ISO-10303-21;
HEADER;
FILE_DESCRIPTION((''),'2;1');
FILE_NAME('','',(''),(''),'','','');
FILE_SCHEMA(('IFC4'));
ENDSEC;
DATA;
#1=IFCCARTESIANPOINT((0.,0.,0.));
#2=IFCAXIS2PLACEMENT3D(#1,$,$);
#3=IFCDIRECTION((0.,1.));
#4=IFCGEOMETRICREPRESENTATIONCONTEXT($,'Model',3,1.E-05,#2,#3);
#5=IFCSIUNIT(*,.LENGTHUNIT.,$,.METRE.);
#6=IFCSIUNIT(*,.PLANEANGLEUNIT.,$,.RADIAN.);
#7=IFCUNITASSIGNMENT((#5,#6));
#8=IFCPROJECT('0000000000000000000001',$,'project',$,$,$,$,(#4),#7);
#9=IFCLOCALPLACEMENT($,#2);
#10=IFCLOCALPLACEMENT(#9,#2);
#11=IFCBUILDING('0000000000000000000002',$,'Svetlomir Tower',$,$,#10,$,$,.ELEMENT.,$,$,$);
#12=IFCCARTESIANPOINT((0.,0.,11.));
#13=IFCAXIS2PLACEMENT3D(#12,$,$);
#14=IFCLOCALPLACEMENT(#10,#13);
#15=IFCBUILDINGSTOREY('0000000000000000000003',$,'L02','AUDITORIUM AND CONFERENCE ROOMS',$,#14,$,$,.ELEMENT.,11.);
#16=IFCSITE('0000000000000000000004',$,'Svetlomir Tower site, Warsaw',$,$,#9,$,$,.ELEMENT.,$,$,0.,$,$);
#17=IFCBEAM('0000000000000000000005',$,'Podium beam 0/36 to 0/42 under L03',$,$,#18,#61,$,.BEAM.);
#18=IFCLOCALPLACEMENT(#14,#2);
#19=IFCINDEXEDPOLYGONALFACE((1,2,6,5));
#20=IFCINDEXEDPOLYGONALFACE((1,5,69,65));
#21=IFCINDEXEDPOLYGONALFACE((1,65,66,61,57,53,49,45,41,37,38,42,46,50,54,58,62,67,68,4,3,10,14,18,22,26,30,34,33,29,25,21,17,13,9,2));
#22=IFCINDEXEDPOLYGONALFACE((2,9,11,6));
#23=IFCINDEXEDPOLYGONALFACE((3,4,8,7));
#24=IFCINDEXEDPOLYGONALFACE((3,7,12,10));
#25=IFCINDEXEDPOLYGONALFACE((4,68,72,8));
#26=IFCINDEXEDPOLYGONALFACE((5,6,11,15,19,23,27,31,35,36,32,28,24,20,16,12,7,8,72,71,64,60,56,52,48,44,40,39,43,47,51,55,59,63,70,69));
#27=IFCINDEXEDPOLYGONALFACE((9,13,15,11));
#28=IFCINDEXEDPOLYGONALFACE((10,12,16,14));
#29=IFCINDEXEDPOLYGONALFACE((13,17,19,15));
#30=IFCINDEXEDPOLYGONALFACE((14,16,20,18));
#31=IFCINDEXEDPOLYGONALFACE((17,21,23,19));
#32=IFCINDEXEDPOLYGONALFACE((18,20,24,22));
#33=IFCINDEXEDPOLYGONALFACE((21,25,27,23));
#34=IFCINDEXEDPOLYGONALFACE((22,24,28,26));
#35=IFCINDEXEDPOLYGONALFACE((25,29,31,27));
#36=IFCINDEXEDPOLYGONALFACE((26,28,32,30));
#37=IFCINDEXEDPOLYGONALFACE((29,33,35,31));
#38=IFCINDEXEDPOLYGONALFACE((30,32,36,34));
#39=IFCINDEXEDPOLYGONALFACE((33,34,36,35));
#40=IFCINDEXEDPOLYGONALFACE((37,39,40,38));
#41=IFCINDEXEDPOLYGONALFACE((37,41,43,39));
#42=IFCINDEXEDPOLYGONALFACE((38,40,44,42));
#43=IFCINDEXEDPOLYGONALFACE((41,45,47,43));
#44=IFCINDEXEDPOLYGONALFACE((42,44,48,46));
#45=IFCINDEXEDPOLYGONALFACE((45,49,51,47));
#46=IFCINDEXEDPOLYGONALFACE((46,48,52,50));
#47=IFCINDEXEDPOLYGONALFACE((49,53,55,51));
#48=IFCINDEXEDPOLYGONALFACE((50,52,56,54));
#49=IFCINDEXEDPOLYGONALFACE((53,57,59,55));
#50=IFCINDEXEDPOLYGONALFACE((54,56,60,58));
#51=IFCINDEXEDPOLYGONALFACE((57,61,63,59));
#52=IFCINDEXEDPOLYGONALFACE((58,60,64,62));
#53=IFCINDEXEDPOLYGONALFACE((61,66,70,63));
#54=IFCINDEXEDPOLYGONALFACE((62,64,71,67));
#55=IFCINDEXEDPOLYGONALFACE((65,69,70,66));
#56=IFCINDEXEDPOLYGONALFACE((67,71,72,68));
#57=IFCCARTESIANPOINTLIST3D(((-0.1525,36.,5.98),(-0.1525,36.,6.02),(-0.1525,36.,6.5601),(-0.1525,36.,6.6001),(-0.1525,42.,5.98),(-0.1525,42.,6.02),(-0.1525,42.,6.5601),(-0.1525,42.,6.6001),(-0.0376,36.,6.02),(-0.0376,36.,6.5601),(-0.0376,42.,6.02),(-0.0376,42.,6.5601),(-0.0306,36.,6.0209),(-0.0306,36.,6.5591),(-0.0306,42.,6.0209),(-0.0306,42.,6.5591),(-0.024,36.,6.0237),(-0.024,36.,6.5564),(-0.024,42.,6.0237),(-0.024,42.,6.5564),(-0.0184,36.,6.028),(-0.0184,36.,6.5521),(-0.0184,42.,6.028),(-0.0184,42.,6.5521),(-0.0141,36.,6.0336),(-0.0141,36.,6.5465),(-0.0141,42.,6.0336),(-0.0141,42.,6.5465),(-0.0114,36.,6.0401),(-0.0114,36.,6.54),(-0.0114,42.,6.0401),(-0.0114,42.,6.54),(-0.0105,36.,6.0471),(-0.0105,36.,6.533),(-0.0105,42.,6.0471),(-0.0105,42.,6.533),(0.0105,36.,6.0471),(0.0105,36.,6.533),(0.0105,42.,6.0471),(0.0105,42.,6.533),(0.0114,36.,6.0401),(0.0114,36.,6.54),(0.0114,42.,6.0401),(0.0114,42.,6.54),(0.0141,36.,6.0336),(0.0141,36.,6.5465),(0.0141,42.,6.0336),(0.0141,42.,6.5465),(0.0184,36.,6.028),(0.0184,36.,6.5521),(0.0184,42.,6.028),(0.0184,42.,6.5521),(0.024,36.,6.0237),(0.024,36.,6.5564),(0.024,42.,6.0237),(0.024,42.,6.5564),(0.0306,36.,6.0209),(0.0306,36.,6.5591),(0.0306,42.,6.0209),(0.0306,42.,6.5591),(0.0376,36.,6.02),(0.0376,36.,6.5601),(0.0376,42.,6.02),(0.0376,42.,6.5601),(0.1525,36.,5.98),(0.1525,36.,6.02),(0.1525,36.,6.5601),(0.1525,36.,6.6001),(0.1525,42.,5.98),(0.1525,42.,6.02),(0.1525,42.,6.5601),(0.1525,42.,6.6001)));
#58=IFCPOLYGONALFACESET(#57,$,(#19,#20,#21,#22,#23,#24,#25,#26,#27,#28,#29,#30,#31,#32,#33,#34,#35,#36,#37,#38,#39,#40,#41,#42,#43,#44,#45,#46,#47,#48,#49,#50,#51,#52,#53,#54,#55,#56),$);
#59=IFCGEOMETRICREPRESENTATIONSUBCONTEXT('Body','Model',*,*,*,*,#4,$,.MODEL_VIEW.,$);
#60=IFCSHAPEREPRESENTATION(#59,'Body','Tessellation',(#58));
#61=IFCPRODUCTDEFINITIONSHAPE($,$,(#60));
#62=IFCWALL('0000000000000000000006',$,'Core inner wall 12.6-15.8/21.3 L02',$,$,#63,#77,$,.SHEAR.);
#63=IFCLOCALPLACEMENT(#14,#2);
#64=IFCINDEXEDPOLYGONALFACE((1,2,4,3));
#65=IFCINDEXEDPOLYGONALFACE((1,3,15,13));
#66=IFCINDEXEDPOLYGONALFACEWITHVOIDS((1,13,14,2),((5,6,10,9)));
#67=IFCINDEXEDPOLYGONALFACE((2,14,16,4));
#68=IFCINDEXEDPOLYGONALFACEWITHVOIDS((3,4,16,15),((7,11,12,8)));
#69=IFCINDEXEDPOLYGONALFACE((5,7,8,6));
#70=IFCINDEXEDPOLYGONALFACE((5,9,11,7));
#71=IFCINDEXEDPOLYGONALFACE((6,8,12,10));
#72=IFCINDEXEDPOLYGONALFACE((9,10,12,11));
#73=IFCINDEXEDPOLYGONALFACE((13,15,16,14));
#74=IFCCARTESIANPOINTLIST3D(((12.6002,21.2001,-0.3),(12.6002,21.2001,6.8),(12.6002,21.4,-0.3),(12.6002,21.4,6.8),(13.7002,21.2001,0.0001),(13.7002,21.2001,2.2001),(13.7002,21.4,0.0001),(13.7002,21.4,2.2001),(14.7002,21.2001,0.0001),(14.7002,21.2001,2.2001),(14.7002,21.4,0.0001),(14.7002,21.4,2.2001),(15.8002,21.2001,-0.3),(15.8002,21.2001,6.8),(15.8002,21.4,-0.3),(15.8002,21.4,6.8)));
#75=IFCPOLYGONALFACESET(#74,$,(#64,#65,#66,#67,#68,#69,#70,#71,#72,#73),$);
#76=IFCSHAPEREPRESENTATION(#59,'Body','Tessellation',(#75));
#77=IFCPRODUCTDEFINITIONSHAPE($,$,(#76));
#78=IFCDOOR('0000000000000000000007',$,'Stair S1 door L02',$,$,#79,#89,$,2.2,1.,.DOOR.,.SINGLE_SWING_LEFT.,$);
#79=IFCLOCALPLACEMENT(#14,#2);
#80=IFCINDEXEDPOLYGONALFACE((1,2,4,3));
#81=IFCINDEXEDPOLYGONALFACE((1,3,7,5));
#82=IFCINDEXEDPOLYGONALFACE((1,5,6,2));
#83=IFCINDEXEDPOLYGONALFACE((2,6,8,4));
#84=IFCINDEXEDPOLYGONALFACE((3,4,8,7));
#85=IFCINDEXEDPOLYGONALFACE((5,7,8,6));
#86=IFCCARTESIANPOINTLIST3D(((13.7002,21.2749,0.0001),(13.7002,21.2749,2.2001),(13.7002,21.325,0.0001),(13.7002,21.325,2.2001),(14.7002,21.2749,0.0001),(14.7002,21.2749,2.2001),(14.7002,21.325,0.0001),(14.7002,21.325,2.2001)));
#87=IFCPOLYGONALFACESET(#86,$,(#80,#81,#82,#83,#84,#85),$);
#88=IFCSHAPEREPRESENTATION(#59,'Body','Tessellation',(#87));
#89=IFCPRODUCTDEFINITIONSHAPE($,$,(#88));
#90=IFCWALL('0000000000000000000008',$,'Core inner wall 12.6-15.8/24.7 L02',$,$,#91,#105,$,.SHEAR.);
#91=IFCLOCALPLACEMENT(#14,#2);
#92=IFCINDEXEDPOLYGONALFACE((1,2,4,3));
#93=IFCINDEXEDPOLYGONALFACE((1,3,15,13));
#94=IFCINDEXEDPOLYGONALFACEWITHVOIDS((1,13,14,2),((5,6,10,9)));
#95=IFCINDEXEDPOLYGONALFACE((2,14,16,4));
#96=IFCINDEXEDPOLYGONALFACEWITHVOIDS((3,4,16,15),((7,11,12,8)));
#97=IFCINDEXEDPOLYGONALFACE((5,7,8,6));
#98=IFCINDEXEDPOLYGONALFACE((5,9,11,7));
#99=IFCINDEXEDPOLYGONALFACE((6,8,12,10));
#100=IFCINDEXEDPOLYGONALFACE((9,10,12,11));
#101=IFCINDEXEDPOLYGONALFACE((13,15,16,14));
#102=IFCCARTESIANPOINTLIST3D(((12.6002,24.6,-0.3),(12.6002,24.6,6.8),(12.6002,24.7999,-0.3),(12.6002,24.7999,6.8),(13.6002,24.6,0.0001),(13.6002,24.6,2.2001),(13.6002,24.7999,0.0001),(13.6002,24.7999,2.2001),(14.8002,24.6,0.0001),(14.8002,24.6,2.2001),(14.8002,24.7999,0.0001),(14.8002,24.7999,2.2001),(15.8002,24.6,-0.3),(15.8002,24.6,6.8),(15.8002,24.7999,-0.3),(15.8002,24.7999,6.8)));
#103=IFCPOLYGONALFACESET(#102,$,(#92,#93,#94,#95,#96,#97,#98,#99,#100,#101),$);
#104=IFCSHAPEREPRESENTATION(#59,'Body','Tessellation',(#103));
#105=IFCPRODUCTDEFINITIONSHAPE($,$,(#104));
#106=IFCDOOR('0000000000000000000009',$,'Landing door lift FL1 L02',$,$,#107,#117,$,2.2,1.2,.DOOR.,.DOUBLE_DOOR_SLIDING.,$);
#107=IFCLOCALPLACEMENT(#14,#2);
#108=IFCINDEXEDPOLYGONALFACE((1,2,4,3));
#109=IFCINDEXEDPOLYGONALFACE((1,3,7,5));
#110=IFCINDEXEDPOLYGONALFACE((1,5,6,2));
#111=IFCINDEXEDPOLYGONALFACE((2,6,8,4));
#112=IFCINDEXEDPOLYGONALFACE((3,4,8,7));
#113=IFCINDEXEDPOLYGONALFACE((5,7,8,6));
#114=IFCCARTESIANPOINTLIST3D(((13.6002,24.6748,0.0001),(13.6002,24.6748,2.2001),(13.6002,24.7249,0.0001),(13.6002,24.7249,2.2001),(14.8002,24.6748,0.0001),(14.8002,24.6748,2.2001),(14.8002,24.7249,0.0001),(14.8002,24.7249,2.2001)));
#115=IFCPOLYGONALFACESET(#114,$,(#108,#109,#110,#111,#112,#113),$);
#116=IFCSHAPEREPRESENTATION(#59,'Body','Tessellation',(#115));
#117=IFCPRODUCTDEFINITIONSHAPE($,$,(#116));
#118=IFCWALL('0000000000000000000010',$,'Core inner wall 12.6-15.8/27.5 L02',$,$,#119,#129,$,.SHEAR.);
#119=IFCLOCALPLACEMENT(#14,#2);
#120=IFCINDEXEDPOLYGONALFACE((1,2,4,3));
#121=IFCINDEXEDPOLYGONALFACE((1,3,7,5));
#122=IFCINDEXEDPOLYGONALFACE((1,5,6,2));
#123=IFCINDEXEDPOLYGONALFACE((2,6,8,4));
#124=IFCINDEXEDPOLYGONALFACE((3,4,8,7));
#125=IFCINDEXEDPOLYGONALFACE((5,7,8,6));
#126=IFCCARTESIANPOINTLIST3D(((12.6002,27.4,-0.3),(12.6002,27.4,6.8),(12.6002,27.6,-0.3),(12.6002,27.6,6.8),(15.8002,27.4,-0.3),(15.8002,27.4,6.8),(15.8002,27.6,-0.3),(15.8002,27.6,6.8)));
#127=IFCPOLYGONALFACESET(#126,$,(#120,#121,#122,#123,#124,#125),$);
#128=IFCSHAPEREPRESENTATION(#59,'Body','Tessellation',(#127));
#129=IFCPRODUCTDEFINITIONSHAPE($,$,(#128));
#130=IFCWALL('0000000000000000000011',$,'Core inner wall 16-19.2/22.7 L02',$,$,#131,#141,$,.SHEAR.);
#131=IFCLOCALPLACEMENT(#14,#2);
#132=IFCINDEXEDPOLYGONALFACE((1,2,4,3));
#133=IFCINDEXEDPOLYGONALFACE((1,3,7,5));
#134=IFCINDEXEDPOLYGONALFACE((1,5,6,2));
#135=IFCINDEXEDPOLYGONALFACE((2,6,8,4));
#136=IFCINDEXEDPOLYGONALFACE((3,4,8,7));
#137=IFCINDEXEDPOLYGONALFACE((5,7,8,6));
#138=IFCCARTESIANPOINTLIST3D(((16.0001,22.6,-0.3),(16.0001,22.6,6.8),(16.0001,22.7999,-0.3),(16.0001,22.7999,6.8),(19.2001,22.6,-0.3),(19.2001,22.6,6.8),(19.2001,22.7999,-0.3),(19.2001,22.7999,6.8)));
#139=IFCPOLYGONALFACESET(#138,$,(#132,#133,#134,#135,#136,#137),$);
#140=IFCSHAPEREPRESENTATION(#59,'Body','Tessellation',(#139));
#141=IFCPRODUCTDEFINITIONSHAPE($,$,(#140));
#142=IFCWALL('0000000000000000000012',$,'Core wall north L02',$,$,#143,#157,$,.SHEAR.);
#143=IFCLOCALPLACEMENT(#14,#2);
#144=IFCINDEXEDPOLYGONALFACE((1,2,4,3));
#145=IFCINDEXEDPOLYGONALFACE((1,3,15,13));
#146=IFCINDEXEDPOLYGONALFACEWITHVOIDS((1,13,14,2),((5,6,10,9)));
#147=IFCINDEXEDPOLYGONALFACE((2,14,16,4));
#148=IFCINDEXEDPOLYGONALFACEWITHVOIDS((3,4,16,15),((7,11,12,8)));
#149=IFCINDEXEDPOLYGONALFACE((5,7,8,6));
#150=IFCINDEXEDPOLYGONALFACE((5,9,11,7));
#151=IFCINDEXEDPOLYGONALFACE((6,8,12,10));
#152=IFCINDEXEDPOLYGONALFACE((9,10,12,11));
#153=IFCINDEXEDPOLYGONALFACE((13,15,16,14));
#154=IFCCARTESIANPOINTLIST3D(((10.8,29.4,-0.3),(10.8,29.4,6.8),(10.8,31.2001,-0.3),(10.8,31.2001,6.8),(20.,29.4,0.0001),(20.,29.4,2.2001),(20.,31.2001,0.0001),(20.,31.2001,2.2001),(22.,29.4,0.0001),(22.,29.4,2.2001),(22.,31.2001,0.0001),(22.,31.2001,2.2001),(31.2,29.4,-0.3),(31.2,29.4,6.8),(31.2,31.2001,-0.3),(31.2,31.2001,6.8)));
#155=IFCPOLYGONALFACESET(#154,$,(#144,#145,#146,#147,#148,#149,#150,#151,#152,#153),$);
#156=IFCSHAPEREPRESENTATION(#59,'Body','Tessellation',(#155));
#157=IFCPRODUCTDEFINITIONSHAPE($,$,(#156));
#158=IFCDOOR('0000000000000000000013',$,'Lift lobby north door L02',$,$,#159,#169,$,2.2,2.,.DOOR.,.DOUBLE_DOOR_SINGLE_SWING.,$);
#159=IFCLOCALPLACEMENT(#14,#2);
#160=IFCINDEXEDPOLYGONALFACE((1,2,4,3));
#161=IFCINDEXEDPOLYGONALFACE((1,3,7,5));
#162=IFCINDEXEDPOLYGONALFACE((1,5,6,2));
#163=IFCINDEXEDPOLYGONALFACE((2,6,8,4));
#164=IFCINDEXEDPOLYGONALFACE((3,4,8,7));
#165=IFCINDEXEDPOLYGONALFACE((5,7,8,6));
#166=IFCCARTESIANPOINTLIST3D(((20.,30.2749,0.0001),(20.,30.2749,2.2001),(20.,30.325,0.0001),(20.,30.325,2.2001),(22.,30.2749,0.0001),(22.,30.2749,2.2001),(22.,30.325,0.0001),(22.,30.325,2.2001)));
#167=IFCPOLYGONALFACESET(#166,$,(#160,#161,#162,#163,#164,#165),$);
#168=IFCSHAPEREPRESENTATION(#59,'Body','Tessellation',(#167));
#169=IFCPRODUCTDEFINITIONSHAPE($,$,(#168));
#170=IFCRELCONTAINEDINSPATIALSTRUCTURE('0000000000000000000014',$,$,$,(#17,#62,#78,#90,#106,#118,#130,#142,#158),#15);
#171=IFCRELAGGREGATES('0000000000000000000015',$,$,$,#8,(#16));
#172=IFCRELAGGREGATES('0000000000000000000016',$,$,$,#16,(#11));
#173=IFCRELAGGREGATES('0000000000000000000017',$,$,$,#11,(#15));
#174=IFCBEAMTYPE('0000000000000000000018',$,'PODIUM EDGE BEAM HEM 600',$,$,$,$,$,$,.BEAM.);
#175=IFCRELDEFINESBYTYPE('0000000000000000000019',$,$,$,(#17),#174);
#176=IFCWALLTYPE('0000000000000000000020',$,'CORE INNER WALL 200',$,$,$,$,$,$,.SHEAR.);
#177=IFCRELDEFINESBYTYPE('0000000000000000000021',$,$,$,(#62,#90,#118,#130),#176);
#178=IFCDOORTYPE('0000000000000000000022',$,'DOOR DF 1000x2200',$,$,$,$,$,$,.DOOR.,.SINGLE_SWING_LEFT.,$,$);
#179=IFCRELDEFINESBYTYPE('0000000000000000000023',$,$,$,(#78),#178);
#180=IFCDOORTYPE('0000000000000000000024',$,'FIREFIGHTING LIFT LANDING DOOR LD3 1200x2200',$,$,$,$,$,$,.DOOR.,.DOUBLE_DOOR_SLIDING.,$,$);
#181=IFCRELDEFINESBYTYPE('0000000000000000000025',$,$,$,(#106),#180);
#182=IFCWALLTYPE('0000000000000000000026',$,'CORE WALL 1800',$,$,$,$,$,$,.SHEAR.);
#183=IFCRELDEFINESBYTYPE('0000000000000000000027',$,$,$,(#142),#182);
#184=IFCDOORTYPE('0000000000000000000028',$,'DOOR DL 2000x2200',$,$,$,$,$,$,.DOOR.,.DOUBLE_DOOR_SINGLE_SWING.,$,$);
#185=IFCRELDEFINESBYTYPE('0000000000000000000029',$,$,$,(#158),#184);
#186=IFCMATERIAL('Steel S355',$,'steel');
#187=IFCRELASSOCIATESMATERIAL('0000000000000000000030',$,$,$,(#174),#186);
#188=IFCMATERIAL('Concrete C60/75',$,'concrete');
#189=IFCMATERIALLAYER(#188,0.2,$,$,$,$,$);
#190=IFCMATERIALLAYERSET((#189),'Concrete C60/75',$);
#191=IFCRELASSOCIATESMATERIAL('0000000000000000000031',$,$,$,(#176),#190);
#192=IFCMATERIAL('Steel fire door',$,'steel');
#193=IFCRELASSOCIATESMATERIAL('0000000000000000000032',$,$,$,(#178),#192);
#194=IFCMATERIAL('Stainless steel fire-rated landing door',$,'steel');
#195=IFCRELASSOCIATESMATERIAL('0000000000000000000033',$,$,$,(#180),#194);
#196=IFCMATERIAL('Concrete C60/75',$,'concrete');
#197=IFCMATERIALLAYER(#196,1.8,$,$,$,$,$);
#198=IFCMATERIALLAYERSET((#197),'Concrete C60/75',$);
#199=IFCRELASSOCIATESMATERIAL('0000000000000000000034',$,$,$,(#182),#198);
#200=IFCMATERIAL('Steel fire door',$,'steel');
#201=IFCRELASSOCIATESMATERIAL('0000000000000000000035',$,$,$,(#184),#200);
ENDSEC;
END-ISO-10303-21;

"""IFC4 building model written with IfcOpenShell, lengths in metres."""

from ifc_helpers import new_model, si_unit, direction, frame, frame_2d, origin, origin_2d, place, context, subcontext, project, spatial, rectangle, i_section, extrude, material, layer, layer_set, material_profile, profile_set, type_object, element, fill, save


model = new_model("IFC4")

# Units and contexts
model_context = context("Model", 3, precision=1e-05, world=origin(), true_north=direction((0.0, 1.0)))
body_context = subcontext(model_context, "Body", "Model", "MODEL_VIEW")
ifc_project = project(units=[si_unit("LENGTHUNIT", "METRE"), si_unit("PLANEANGLEUNIT", "RADIAN")], contexts=[model_context])

# Site, building, storey
site_placement = place(None, origin())
site = spatial("IfcSite", under=ifc_project, at=site_placement, Name="Svetlomir Tower site, Warsaw", CompositionType="ELEMENT", RefElevation=0.0)
building_placement = place(site_placement, origin())
building = spatial("IfcBuilding", under=site, at=building_placement, Name="Svetlomir Tower", CompositionType="ELEMENT")
storey_placement = place(building_placement, frame((0.0, 0.0, 11.0)))
storey = spatial("IfcBuildingStorey", under=building, at=storey_placement, Name="L02", Description="AUDITORIUM AND CONFERENCE ROOMS", CompositionType="ELEMENT", Elevation=11.0)

# Beam
ifc_material_1 = material(Name="Steel S355", Category="steel")
ifc_material_profile_1 = material_profile(ifc_material_1, i_section(OverallWidth=0.3049, OverallDepth=0.6201, WebThickness=0.021, FlangeThickness=0.04, FilletRadius=0.0271, at=origin_2d()), Name="HEM 600")
ifc_profile_set_1 = profile_set([ifc_material_profile_1], Name="Steel S355")
beam_type_1 = type_object("IfcBeamType", Name="PODIUM EDGE BEAM HEM 600", PredefinedType="BEAM", material=ifc_profile_set_1)
beam_1_placement = place(storey_placement, frame((0.0, 36.0, 6.29), z_axis=(0.0, 1.0, 0.0), x_axis=(-1.0, 0.0, 0.0)))
element("IfcBeam", 1, at=beam_1_placement, inside=storey, type_object=beam_type_1, Name="Podium beam 0/36 to 0/42 under L03", PredefinedType="BEAM", context=body_context, shape_type="SweptSolid", body=[
    extrude(i_section(OverallWidth=0.3049, OverallDepth=0.6201, WebThickness=0.021, FlangeThickness=0.04, FilletRadius=0.0271, at=origin_2d()), origin(), (0.0, 0.0, 1.0), 6.0),
])

# Walls, openings, doors
ifc_material_2 = material(Name="Concrete C60/75", Category="concrete")
ifc_layer_1 = layer(ifc_material_2, 0.2)
ifc_layer_set_1 = layer_set([ifc_layer_1], Name="Concrete C60/75")
wall_type_1 = type_object("IfcWallType", Name="CORE INNER WALL 200", PredefinedType="SHEAR", material=ifc_layer_set_1)
wall_1_placement = place(storey_placement, frame((12.6001, 21.3, -0.3), z_axis=(0.0, 0.0, 1.0), x_axis=(1.0, 0.0, 0.0)))
wall_1 = element("IfcWall", 2, at=wall_1_placement, inside=storey, type_object=wall_type_1, Name="Core inner wall 12.6-15.8/21.3 L02", PredefinedType="SHEAR", context=body_context, shape_type="SweptSolid", body=[
    extrude(rectangle(XDim=3.2, YDim=0.2, at=frame_2d((1.6001, 0.0))), origin(), (0.0, 0.0, 1.0), 7.1001),
])
opening_1_placement = place(wall_1_placement, frame((1.1001, 0.0, 0.3)))
opening_1 = element("IfcOpeningElement", 3, at=opening_1_placement, cuts=wall_1, PredefinedType="OPENING", context=body_context, shape_type="SweptSolid", body=[
    extrude(rectangle(XDim=1.0, YDim=2.2, at=frame_2d((0.5, 1.1001))), frame((0.0, 0.1099, 0.0), z_axis=(0.0, -1.0, 0.0), x_axis=(1.0, 0.0, 0.0)), (0.0, 0.0, 1.0), 0.22),
])
ifc_material_3 = material(Name="Steel fire door", Category="steel")
door_type_1 = type_object("IfcDoorType", Name="DOOR DF 1000x2200", OperationType="SINGLE_SWING_LEFT", PredefinedType="DOOR", material=ifc_material_3)
door_1_placement = place(opening_1_placement, origin())
door_1 = element("IfcDoor", 4, at=door_1_placement, inside=storey, type_object=door_type_1, Name="Stair S1 door L02", OperationType="SINGLE_SWING_LEFT", OverallHeight=2.2, OverallWidth=1.0, PredefinedType="DOOR", context=body_context, shape_type="SweptSolid", body=[
    extrude(rectangle(XDim=1.0, YDim=2.2, at=frame_2d((0.5, 1.1001))), frame((0.0, 0.0249, 0.0), z_axis=(0.0, -1.0, 0.0), x_axis=(1.0, 0.0, 0.0)), (0.0, 0.0, 1.0), 0.05),
])
fill(opening_1, door_1)
wall_2_placement = place(storey_placement, frame((12.6001, 24.7, -0.3), z_axis=(0.0, 0.0, 1.0), x_axis=(1.0, 0.0, 0.0)))
wall_2 = element("IfcWall", 5, at=wall_2_placement, inside=storey, type_object=wall_type_1, Name="Core inner wall 12.6-15.8/24.7 L02", PredefinedType="SHEAR", context=body_context, shape_type="SweptSolid", body=[
    extrude(rectangle(XDim=3.2, YDim=0.2, at=frame_2d((1.6001, 0.0))), origin(), (0.0, 0.0, 1.0), 7.1001),
])
opening_2_placement = place(wall_2_placement, frame((1.0, 0.0, 0.3)))
opening_2 = element("IfcOpeningElement", 6, at=opening_2_placement, cuts=wall_2, PredefinedType="OPENING", context=body_context, shape_type="SweptSolid", body=[
    extrude(rectangle(XDim=1.2, YDim=2.2, at=frame_2d((0.6001, 1.1001))), frame((0.0, 0.1099, 0.0), z_axis=(0.0, -1.0, 0.0), x_axis=(1.0, 0.0, 0.0)), (0.0, 0.0, 1.0), 0.22),
])
ifc_material_4 = material(Name="Stainless steel fire-rated landing door", Category="steel")
door_type_2 = type_object("IfcDoorType", Name="FIREFIGHTING LIFT LANDING DOOR LD3 1200x2200", OperationType="DOUBLE_DOOR_SLIDING", PredefinedType="DOOR", material=ifc_material_4)
door_2_placement = place(opening_2_placement, origin())
door_2 = element("IfcDoor", 7, at=door_2_placement, inside=storey, type_object=door_type_2, Name="Landing door lift FL1 L02", OperationType="DOUBLE_DOOR_SLIDING", OverallHeight=2.2, OverallWidth=1.2, PredefinedType="DOOR", context=body_context, shape_type="SweptSolid", body=[
    extrude(rectangle(XDim=1.2, YDim=2.2, at=frame_2d((0.6001, 1.1001))), frame((0.0, 0.0249, 0.0), z_axis=(0.0, -1.0, 0.0), x_axis=(1.0, 0.0, 0.0)), (0.0, 0.0, 1.0), 0.05),
])
fill(opening_2, door_2)

# Walls
for number, where, z_axis, x_axis, name in (
    (8, (12.6001, 27.5, -0.3), (0.0, 0.0, 1.0), (1.0, 0.0, 0.0), "Core inner wall 12.6-15.8/27.5 L02"),
    (9, (16.0, 22.7, -0.3), (0.0, 0.0, 1.0), (1.0, 0.0, 0.0), "Core inner wall 16-19.2/22.7 L02"),
):
    element("IfcWall", number, at=place(storey_placement, frame(where, z_axis=z_axis, x_axis=x_axis)), inside=storey, type_object=wall_type_1, Name=name, PredefinedType="SHEAR", context=body_context, shape_type="SweptSolid", body=[
        extrude(rectangle(XDim=3.2, YDim=0.2, at=frame_2d((1.6001, 0.0))), origin(), (0.0, 0.0, 1.0), 7.1001),
    ])

# Wall, opening, door
ifc_material_5 = material(Name="Concrete C60/75", Category="concrete")
ifc_layer_2 = layer(ifc_material_5, 1.8)
ifc_layer_set_2 = layer_set([ifc_layer_2], Name="Concrete C60/75")
wall_type_2 = type_object("IfcWallType", Name="CORE WALL 1800", PredefinedType="SHEAR", material=ifc_layer_set_2)
wall_3_placement = place(storey_placement, frame((10.8, 30.3, -0.3), z_axis=(0.0, 0.0, 1.0), x_axis=(1.0, 0.0, 0.0)))
wall_3 = element("IfcWall", 10, at=wall_3_placement, inside=storey, type_object=wall_type_2, Name="Core wall north L02", PredefinedType="SHEAR", context=body_context, shape_type="SweptSolid", body=[
    extrude(rectangle(XDim=20.3999, YDim=1.8, at=frame_2d((10.2, 0.0))), origin(), (0.0, 0.0, 1.0), 7.1001),
])
opening_3_placement = place(wall_3_placement, frame((9.2, 0.0, 0.3)))
opening_3 = element("IfcOpeningElement", 11, at=opening_3_placement, cuts=wall_3, PredefinedType="OPENING", context=body_context, shape_type="SweptSolid", body=[
    extrude(rectangle(XDim=2.0, YDim=2.2, at=frame_2d((1.0, 1.1001))), frame((0.0, 0.9102, 0.0), z_axis=(0.0, -1.0, 0.0), x_axis=(1.0, 0.0, 0.0)), (0.0, 0.0, 1.0), 1.8201),
])
ifc_material_6 = material(Name="Steel fire door", Category="steel")
door_type_3 = type_object("IfcDoorType", Name="DOOR DL 2000x2200", OperationType="DOUBLE_DOOR_SINGLE_SWING", PredefinedType="DOOR", material=ifc_material_6)
door_3_placement = place(opening_3_placement, origin())
door_3 = element("IfcDoor", 12, at=door_3_placement, inside=storey, type_object=door_type_3, Name="Lift lobby north door L02", OperationType="DOUBLE_DOOR_SINGLE_SWING", OverallHeight=2.2, OverallWidth=2.0, PredefinedType="DOOR", context=body_context, shape_type="SweptSolid", body=[
    extrude(rectangle(XDim=2.0, YDim=2.2, at=frame_2d((1.0, 1.1001))), frame((0.0, 0.0249, 0.0), z_axis=(0.0, -1.0, 0.0), x_axis=(1.0, 0.0, 0.0)), (0.0, 0.0, 1.0), 0.05),
])
fill(opening_3, door_3)

save(model, "model.ifc")
